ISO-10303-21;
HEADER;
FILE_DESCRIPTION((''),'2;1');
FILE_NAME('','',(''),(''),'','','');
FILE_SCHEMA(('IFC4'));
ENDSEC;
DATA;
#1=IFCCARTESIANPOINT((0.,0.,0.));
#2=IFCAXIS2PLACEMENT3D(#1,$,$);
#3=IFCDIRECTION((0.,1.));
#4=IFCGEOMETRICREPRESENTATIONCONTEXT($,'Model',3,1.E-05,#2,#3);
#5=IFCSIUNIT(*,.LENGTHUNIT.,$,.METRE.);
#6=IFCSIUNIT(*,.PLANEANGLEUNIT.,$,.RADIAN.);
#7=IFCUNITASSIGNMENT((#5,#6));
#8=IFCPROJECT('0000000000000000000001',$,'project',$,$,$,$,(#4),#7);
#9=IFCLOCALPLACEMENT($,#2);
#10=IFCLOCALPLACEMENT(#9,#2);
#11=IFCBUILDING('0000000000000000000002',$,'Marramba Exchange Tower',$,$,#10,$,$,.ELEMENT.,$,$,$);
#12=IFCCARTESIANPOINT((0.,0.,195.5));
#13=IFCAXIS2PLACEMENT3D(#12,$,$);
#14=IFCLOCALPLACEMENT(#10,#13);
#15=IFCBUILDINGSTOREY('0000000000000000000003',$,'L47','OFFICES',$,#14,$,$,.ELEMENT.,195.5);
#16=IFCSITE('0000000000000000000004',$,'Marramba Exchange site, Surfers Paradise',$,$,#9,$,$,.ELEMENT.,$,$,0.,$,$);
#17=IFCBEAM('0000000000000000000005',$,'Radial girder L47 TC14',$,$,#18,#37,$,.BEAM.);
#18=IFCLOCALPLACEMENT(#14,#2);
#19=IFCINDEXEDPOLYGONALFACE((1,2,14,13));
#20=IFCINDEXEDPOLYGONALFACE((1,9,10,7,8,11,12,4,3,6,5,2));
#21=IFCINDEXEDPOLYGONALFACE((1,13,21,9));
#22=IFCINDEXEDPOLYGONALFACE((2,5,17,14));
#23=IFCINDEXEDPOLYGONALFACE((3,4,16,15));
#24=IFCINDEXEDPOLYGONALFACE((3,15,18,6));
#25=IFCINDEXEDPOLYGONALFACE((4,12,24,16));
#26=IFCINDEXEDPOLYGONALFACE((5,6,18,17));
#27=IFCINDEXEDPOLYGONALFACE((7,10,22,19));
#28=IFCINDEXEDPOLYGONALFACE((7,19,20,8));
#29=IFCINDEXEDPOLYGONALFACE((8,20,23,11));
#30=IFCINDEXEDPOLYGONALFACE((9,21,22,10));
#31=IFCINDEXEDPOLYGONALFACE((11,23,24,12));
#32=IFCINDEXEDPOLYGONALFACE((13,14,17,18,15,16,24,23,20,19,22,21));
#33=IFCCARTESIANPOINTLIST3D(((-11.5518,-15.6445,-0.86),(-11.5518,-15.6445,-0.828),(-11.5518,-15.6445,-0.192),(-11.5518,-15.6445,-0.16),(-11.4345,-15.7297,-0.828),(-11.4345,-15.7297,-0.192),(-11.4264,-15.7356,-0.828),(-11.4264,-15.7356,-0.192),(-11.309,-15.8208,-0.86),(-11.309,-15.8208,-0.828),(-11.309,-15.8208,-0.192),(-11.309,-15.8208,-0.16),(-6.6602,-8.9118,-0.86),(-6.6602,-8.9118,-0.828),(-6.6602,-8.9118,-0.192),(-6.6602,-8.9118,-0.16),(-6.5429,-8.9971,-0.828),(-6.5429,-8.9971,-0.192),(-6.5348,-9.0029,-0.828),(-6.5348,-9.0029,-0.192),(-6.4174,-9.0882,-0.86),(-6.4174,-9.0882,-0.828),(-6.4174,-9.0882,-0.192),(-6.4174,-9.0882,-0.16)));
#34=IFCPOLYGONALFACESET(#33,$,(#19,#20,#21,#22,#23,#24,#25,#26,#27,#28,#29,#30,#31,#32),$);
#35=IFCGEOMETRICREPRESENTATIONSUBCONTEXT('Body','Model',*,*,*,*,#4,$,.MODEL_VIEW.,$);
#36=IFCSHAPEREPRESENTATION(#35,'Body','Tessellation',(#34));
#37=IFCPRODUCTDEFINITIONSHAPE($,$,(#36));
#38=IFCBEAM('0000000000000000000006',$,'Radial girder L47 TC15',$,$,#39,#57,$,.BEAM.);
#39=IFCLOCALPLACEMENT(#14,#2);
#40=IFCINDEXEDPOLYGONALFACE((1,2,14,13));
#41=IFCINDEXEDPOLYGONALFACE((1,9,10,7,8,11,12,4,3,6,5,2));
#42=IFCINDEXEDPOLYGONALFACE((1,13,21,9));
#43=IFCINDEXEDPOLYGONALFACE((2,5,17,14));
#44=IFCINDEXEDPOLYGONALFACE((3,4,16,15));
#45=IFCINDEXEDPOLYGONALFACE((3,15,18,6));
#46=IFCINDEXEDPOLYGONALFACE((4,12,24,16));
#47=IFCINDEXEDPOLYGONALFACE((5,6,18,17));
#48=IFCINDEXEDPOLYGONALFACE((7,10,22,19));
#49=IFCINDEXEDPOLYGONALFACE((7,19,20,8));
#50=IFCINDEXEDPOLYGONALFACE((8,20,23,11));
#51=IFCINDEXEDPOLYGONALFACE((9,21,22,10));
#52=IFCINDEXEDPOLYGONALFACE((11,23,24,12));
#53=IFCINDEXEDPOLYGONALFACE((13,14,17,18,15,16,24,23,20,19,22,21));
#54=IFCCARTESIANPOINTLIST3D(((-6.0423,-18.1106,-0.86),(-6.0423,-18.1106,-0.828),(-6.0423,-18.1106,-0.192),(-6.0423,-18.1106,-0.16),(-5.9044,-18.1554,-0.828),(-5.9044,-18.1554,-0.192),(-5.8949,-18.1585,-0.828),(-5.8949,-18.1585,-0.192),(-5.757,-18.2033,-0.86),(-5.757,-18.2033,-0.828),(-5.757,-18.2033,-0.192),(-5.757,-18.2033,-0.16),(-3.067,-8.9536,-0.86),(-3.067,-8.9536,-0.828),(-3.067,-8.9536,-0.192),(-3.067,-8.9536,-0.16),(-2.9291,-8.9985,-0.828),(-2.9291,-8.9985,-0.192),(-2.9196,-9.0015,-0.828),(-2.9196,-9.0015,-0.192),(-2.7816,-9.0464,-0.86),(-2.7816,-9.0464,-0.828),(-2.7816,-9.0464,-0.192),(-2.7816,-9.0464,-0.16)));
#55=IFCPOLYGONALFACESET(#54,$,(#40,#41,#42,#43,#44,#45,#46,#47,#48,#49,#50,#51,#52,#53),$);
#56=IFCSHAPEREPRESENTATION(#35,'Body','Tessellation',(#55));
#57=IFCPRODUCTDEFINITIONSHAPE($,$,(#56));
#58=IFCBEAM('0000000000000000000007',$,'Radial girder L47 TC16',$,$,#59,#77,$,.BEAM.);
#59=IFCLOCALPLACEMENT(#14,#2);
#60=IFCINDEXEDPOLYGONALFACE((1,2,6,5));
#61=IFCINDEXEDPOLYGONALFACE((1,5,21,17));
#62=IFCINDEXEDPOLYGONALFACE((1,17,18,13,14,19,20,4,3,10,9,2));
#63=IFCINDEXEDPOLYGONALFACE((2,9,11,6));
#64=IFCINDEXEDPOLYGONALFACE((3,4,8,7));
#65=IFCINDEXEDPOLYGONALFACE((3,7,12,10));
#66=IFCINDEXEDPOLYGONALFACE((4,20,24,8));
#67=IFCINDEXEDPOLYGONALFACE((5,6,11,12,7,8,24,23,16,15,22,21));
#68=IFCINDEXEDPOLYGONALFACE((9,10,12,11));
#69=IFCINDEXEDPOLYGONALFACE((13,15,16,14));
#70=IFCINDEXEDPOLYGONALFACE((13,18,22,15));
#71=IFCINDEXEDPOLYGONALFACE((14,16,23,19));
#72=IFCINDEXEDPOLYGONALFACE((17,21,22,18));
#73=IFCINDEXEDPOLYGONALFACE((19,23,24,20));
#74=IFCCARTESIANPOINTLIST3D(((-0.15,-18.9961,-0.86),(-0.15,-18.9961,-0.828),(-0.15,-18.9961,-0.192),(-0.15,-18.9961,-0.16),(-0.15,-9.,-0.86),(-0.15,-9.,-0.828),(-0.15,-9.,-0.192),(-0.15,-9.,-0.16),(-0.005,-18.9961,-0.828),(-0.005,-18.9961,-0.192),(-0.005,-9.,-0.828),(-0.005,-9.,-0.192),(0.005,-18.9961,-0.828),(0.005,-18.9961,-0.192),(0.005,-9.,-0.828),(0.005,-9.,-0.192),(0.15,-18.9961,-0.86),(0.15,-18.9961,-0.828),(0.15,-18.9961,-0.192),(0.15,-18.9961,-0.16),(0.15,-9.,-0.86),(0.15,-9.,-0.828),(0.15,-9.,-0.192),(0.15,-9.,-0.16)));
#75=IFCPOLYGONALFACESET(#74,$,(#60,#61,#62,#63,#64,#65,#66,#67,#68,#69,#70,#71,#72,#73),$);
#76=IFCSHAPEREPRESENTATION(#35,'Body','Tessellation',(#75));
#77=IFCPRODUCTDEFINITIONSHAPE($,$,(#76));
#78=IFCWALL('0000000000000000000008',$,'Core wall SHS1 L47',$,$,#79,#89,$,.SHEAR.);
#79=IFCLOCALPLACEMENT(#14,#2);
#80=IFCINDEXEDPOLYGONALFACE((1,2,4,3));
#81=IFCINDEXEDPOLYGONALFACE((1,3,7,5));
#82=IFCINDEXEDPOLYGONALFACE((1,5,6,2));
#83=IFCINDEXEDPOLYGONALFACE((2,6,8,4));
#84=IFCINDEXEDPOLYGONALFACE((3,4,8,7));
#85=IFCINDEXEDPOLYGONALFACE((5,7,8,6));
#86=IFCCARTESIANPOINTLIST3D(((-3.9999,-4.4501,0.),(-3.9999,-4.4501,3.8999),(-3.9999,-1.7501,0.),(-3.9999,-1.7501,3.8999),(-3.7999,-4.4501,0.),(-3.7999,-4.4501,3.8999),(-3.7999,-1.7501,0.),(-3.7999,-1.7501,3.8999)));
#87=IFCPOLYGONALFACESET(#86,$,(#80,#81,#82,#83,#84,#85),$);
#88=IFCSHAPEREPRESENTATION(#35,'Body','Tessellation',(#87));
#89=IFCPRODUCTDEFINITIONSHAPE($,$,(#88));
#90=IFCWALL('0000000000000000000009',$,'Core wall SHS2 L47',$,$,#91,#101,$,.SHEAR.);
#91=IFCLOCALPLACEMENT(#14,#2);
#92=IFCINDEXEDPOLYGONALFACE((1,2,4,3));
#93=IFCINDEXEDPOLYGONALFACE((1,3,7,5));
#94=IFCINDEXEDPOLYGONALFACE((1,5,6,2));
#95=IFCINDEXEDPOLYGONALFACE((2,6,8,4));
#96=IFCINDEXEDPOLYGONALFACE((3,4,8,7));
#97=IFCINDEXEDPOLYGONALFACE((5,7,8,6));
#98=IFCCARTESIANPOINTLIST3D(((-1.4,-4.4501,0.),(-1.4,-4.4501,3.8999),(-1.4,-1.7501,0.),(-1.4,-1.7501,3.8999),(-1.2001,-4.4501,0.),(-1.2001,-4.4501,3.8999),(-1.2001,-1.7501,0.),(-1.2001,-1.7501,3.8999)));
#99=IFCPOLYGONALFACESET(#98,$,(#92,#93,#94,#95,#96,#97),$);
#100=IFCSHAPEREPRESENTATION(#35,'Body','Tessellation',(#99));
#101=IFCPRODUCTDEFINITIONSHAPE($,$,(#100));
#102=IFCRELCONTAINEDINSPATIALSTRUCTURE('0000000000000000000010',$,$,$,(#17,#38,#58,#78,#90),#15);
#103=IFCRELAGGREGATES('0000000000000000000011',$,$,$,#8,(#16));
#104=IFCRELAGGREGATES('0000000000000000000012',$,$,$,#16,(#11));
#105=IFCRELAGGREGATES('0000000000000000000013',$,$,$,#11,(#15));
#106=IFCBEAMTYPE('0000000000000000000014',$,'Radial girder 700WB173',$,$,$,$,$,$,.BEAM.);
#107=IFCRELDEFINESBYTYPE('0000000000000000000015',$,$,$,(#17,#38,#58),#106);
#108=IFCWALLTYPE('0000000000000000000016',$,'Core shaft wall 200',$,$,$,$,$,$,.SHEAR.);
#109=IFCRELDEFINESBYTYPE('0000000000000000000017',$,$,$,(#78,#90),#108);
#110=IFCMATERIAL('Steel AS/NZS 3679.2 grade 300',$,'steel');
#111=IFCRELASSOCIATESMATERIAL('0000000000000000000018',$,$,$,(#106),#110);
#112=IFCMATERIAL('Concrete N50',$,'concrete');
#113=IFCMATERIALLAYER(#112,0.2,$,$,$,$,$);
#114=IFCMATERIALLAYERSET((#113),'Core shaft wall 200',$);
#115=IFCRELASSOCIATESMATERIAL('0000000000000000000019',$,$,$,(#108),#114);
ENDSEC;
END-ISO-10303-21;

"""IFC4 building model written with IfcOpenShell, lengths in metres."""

from ifc_helpers import new_model, si_unit, direction, frame, frame_2d, origin, origin_2d, place, context, subcontext, project, spatial, rectangle, i_section, extrude, material, layer, layer_set, material_profile, profile_set, type_object, element, save


model = new_model("IFC4")

# Units and contexts
model_context = context("Model", 3, precision=1e-05, world=origin(), true_north=direction((0.0, 1.0)))
body_context = subcontext(model_context, "Body", "Model", "MODEL_VIEW")
ifc_project = project(units=[si_unit("LENGTHUNIT", "METRE"), si_unit("PLANEANGLEUNIT", "RADIAN")], contexts=[model_context])

# Site, building, storey
site_placement = place(None, origin())
site = spatial("IfcSite", under=ifc_project, at=site_placement, Name="Marramba Exchange site, Surfers Paradise", CompositionType="ELEMENT", RefElevation=0.0)
building_placement = place(site_placement, origin())
building = spatial("IfcBuilding", under=site, at=building_placement, Name="Marramba Exchange Tower", CompositionType="ELEMENT")
storey_placement = place(building_placement, frame((0.0, 0.0, 195.5)))
storey = spatial("IfcBuildingStorey", under=building, at=storey_placement, Name="L47", Description="OFFICES", CompositionType="ELEMENT", Elevation=195.5)

# Beams
ifc_material_1 = material(Name="Steel AS/NZS 3679.2 grade 300", Category="steel")
ifc_material_profile = material_profile(ifc_material_1, i_section(OverallWidth=0.3, OverallDepth=0.7, WebThickness=0.01, FlangeThickness=0.032, at=origin_2d()), Name="700WB173")
ifc_profile_set = profile_set([ifc_material_profile], Name="Steel AS/NZS 3679.2 grade 300")
beam_type = type_object("IfcBeamType", Name="Radial girder 700WB173", PredefinedType="BEAM", material=ifc_profile_set)
beam_1_placement = place(storey_placement, frame((-6.5388, -9.0, -0.51), z_axis=(-0.587788, -0.809015, 0.0), x_axis=(0.809015, -0.587788, 0.0)))
element("IfcBeam", 1, at=beam_1_placement, inside=storey, type_object=beam_type, Name="Radial girder L47 TC14", PredefinedType="BEAM", context=body_context, shape_type="SweptSolid", body=[
    extrude(i_section(OverallWidth=0.3, OverallDepth=0.7, WebThickness=0.01, FlangeThickness=0.032, at=origin_2d()), origin(), (0.0, 0.0, 1.0), 8.322),
])
beam_2_placement = place(storey_placement, frame((-2.9243, -9.0, -0.51), z_axis=(-0.309022, -0.951055, 0.0), x_axis=(0.951055, -0.309022, 0.0)))
element("IfcBeam", 2, at=beam_2_placement, inside=storey, type_object=beam_type, Name="Radial girder L47 TC15", PredefinedType="BEAM", context=body_context, shape_type="SweptSolid", body=[
    extrude(i_section(OverallWidth=0.3, OverallDepth=0.7, WebThickness=0.01, FlangeThickness=0.032, at=origin_2d()), origin(), (0.0, 0.0, 1.0), 9.6282),
])
beam_3_placement = place(storey_placement, frame((0.0, -9.0, -0.51), z_axis=(0.0, -1.0, 0.0), x_axis=(1.0, 0.0, 0.0)))
element("IfcBeam", 3, at=beam_3_placement, inside=storey, type_object=beam_type, Name="Radial girder L47 TC16", PredefinedType="BEAM", context=body_context, shape_type="SweptSolid", body=[
    extrude(i_section(OverallWidth=0.3, OverallDepth=0.7, WebThickness=0.01, FlangeThickness=0.032, at=origin_2d()), origin(), (0.0, 0.0, 1.0), 9.9961),
])

# Walls
ifc_material_2 = material(Name="Concrete N50", Category="concrete")
ifc_layer_1 = layer(ifc_material_2, 0.2)
ifc_layer_set_1 = layer_set([ifc_layer_1], Name="Core shaft wall 200")
wall_type_1 = type_object("IfcWallType", Name="Core shaft wall 200", PredefinedType="SHEAR", material=ifc_layer_set_1)
for number, where, z_axis, x_axis, name in (
    (4, (-3.8999, -1.75, 0.0), (0.0, 0.0, 1.0), (0.0, -1.0, 0.0), "Core wall SHS1 L47"),
    (5, (-1.3, -1.75, 0.0), (0.0, 0.0, 1.0), (0.0, -1.0, 0.0), "Core wall SHS2 L47"),
):
    element("IfcWall", number, at=place(storey_placement, frame(where, z_axis=z_axis, x_axis=x_axis)), inside=storey, type_object=wall_type_1, Name=name, PredefinedType="SHEAR", context=body_context, shape_type="SweptSolid", body=[
        extrude(rectangle(XDim=2.7, YDim=0.2, at=frame_2d((1.3501, 0.0))), origin(), (0.0, 0.0, 1.0), 3.8999),
    ])

save(model, "model.ifc")
